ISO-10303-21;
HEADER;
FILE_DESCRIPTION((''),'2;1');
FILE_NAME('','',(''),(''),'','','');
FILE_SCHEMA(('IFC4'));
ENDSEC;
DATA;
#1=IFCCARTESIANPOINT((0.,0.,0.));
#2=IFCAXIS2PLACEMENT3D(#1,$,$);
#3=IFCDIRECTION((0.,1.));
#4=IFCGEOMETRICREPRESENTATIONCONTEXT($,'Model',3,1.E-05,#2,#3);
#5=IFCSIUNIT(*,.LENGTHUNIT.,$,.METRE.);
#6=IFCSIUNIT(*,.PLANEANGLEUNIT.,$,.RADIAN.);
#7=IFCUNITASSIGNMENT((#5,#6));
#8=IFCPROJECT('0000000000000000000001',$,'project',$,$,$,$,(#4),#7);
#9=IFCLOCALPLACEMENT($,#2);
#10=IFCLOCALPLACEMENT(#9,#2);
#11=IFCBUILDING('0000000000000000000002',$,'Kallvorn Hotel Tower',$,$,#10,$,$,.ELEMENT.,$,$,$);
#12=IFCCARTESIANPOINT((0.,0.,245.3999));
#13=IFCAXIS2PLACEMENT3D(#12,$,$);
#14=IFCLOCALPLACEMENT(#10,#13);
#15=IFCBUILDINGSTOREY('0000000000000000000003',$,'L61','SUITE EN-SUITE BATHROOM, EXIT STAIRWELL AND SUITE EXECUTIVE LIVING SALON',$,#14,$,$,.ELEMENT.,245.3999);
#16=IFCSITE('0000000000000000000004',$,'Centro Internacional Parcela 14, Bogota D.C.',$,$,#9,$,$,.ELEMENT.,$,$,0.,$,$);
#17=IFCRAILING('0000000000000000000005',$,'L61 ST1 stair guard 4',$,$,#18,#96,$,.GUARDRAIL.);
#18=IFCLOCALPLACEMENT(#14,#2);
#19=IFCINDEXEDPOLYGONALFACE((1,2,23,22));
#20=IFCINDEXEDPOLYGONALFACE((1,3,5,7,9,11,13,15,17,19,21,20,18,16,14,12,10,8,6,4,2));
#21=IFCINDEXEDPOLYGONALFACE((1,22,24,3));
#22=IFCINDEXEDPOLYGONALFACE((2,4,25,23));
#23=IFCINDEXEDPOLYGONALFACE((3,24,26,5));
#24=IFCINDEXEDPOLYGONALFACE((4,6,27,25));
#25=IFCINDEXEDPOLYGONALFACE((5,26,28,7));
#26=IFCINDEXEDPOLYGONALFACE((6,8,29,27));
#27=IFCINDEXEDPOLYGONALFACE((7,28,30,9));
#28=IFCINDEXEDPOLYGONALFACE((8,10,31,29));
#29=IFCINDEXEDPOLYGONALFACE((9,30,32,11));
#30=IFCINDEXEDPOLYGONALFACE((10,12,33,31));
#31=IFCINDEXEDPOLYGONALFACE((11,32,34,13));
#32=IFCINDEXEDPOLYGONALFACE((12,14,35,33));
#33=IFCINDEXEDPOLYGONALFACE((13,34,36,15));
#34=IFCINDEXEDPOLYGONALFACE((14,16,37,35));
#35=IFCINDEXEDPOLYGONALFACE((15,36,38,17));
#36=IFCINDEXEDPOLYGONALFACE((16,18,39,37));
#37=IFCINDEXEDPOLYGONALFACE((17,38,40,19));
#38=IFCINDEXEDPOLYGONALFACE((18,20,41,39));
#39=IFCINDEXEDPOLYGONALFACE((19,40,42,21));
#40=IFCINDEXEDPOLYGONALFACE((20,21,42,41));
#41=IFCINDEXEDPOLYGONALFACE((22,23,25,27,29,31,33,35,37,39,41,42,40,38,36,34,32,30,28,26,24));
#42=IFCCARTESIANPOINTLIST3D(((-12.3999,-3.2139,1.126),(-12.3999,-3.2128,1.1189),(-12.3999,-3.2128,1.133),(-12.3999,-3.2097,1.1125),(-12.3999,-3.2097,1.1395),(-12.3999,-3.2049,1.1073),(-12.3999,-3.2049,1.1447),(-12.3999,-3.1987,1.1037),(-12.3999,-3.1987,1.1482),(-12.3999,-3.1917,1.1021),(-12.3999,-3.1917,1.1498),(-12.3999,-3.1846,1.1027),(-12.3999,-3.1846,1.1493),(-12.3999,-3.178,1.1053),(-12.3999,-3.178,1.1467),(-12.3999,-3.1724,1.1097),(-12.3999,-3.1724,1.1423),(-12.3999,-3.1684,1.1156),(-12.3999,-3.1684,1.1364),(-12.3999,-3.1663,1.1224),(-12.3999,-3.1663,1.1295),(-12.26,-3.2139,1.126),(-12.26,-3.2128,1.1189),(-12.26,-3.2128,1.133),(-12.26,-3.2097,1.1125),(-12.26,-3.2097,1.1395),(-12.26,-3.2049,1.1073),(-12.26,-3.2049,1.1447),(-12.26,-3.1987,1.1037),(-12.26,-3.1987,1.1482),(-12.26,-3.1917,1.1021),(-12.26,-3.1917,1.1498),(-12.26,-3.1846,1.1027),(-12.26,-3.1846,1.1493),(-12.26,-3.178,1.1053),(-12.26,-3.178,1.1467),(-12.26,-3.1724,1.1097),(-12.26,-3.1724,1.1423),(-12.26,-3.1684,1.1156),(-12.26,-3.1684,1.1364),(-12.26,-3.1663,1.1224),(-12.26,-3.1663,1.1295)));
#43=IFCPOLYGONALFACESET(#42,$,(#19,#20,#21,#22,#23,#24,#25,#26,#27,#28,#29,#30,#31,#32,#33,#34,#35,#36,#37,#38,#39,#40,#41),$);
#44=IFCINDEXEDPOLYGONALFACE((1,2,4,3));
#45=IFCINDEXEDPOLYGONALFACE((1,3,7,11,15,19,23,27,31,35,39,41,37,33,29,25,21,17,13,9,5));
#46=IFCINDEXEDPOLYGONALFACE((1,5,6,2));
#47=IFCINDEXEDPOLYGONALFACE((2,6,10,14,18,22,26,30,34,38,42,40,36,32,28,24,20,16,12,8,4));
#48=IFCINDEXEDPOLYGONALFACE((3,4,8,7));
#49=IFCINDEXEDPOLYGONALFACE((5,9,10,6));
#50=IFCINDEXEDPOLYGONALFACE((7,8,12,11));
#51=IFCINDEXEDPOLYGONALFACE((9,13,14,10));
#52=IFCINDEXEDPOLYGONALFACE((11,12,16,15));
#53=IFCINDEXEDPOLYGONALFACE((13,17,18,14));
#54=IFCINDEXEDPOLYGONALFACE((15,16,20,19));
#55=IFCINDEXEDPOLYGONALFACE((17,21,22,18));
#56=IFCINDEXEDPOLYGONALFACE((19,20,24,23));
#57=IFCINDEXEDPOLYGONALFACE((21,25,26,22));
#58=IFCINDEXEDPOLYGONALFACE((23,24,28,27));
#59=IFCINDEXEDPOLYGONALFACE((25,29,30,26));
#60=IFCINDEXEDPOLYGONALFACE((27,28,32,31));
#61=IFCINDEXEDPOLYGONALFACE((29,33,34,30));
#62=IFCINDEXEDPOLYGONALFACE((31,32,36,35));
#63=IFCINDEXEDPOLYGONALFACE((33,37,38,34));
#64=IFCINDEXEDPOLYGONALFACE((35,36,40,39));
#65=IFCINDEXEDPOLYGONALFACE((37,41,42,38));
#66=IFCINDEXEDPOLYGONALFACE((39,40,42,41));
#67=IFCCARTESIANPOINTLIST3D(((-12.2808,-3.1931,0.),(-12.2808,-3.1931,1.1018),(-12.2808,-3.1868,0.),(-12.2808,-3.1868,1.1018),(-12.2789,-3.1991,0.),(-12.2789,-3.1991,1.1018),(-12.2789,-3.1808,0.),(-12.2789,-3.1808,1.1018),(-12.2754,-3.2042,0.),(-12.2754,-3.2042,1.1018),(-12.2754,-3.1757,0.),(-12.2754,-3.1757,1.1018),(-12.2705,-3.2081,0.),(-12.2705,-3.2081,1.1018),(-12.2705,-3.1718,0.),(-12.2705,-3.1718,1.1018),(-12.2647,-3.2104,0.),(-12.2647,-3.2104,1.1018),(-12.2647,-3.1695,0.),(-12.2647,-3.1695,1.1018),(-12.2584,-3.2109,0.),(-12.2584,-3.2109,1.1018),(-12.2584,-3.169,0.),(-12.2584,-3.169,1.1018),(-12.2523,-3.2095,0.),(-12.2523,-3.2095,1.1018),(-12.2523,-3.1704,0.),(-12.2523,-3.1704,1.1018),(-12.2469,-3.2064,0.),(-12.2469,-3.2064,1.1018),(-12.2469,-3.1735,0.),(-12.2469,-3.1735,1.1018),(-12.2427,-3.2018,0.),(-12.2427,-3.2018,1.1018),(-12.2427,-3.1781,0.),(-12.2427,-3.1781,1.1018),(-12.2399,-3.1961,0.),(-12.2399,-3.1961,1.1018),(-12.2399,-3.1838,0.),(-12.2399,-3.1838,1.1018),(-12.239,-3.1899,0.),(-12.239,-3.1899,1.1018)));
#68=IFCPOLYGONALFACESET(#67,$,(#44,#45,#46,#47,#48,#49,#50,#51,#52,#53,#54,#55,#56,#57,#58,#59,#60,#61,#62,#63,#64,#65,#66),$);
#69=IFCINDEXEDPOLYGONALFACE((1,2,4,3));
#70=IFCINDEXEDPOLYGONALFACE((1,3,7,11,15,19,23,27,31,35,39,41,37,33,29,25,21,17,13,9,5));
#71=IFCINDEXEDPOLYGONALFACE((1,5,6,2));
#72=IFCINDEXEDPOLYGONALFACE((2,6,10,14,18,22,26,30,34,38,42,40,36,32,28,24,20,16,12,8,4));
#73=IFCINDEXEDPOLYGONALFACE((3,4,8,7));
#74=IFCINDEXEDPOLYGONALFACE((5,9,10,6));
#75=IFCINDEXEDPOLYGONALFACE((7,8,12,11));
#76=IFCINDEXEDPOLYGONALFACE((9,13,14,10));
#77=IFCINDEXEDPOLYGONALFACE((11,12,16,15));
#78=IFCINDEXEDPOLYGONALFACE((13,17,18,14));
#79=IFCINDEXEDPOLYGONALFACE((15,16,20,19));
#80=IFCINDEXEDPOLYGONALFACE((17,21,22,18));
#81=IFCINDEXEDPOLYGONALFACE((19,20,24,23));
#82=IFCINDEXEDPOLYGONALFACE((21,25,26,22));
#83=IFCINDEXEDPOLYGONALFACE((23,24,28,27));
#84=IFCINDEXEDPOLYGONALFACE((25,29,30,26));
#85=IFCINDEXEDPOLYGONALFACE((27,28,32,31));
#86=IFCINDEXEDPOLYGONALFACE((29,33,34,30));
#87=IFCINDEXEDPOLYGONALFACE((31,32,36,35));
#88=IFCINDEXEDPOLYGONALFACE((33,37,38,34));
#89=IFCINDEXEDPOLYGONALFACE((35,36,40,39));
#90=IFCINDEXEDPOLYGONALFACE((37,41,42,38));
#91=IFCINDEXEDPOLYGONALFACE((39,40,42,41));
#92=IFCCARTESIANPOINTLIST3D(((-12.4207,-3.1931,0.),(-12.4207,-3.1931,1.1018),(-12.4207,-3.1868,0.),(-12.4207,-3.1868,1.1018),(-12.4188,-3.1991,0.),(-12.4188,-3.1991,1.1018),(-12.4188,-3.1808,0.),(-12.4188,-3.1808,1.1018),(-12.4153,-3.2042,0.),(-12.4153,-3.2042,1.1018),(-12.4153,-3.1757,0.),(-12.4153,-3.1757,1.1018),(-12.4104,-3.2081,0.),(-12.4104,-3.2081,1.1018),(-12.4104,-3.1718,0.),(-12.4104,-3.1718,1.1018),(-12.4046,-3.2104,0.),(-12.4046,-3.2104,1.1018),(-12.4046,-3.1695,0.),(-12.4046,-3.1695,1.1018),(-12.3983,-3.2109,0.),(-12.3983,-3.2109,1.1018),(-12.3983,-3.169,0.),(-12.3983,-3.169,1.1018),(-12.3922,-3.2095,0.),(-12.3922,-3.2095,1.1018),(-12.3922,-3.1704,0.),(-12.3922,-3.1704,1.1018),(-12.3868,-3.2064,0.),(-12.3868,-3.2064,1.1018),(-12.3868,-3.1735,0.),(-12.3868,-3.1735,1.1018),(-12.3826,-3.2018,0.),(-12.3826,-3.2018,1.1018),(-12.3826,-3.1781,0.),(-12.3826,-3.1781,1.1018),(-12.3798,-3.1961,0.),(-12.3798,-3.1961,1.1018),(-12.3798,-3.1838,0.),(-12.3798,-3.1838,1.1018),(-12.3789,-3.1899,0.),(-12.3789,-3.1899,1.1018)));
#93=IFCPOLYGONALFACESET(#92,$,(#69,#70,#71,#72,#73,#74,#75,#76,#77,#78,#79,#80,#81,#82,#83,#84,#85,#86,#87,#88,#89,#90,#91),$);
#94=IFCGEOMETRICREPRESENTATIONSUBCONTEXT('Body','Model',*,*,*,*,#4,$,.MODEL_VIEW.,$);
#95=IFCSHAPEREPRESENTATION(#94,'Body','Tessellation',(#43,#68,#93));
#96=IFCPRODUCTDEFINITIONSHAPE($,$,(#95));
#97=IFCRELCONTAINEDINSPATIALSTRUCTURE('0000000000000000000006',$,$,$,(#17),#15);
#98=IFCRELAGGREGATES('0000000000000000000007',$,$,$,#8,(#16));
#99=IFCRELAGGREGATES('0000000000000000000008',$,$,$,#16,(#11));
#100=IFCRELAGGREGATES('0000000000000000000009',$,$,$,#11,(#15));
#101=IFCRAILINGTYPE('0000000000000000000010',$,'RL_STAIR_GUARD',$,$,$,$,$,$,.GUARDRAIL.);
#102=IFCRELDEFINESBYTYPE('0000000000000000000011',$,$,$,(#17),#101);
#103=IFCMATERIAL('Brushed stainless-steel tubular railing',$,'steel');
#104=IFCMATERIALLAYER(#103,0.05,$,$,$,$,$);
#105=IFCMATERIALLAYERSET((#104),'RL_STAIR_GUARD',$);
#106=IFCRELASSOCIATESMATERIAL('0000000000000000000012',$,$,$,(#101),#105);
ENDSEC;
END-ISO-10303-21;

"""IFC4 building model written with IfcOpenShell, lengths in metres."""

from ifc_helpers import new_model, si_unit, direction, frame, origin, origin_2d, place, context, subcontext, project, spatial, circle, extrude, material, layer, layer_set, type_object, element, save


model = new_model("IFC4")

# Units and contexts
model_context = context("Model", 3, precision=1e-05, world=origin(), true_north=direction((0.0, 1.0)))
body_context = subcontext(model_context, "Body", "Model", "MODEL_VIEW")
ifc_project = project(units=[si_unit("LENGTHUNIT", "METRE"), si_unit("PLANEANGLEUNIT", "RADIAN")], contexts=[model_context])

# Site, building, storey
site_placement = place(None, origin())
site = spatial("IfcSite", under=ifc_project, at=site_placement, Name="Centro Internacional Parcela 14, Bogota D.C.", CompositionType="ELEMENT", RefElevation=0.0)
building_placement = place(site_placement, origin())
building = spatial("IfcBuilding", under=site, at=building_placement, Name="Kallvorn Hotel Tower", CompositionType="ELEMENT")
storey_placement = place(building_placement, frame((0.0, 0.0, 245.3999)))
storey = spatial("IfcBuildingStorey", under=building, at=storey_placement, Name="L61", Description="SUITE EN-SUITE BATHROOM, EXIT STAIRWELL AND SUITE EXECUTIVE LIVING SALON", CompositionType="ELEMENT", Elevation=245.3999)

# Railing
ifc_material_1 = material(Name="Brushed stainless-steel tubular railing", Category="steel")
ifc_layer_1 = layer(ifc_material_1, 0.05)
ifc_layer_set_1 = layer_set([ifc_layer_1], Name="RL_STAIR_GUARD")
railing_type_1 = type_object("IfcRailingType", Name="RL_STAIR_GUARD", PredefinedType="GUARDRAIL", material=ifc_layer_set_1)
railing_1_placement = place(storey_placement, frame((-12.26, -3.1899, 0.0)))
element("IfcRailing", 1, at=railing_1_placement, inside=storey, type_object=railing_type_1, Name="L61 ST1 stair guard 4", PredefinedType="GUARDRAIL", context=body_context, shape_type="SweptSolid", body=[
    extrude(circle(Radius=0.0239, at=origin_2d()), frame((0.0, 0.0, 1.126), z_axis=(-1.0, 0.0, 0.0), x_axis=(0.0, -1.0, 0.0)), (0.0, 0.0, 1.0), 0.1399),
    extrude(circle(Radius=0.021, at=origin_2d()), origin(), (0.0, 0.0, 1.0), 1.1018),
    extrude(circle(Radius=0.021, at=origin_2d()), frame((-0.1399, 0.0, 0.0)), (0.0, 0.0, 1.0), 1.1018),
])

save(model, "model.ifc")
